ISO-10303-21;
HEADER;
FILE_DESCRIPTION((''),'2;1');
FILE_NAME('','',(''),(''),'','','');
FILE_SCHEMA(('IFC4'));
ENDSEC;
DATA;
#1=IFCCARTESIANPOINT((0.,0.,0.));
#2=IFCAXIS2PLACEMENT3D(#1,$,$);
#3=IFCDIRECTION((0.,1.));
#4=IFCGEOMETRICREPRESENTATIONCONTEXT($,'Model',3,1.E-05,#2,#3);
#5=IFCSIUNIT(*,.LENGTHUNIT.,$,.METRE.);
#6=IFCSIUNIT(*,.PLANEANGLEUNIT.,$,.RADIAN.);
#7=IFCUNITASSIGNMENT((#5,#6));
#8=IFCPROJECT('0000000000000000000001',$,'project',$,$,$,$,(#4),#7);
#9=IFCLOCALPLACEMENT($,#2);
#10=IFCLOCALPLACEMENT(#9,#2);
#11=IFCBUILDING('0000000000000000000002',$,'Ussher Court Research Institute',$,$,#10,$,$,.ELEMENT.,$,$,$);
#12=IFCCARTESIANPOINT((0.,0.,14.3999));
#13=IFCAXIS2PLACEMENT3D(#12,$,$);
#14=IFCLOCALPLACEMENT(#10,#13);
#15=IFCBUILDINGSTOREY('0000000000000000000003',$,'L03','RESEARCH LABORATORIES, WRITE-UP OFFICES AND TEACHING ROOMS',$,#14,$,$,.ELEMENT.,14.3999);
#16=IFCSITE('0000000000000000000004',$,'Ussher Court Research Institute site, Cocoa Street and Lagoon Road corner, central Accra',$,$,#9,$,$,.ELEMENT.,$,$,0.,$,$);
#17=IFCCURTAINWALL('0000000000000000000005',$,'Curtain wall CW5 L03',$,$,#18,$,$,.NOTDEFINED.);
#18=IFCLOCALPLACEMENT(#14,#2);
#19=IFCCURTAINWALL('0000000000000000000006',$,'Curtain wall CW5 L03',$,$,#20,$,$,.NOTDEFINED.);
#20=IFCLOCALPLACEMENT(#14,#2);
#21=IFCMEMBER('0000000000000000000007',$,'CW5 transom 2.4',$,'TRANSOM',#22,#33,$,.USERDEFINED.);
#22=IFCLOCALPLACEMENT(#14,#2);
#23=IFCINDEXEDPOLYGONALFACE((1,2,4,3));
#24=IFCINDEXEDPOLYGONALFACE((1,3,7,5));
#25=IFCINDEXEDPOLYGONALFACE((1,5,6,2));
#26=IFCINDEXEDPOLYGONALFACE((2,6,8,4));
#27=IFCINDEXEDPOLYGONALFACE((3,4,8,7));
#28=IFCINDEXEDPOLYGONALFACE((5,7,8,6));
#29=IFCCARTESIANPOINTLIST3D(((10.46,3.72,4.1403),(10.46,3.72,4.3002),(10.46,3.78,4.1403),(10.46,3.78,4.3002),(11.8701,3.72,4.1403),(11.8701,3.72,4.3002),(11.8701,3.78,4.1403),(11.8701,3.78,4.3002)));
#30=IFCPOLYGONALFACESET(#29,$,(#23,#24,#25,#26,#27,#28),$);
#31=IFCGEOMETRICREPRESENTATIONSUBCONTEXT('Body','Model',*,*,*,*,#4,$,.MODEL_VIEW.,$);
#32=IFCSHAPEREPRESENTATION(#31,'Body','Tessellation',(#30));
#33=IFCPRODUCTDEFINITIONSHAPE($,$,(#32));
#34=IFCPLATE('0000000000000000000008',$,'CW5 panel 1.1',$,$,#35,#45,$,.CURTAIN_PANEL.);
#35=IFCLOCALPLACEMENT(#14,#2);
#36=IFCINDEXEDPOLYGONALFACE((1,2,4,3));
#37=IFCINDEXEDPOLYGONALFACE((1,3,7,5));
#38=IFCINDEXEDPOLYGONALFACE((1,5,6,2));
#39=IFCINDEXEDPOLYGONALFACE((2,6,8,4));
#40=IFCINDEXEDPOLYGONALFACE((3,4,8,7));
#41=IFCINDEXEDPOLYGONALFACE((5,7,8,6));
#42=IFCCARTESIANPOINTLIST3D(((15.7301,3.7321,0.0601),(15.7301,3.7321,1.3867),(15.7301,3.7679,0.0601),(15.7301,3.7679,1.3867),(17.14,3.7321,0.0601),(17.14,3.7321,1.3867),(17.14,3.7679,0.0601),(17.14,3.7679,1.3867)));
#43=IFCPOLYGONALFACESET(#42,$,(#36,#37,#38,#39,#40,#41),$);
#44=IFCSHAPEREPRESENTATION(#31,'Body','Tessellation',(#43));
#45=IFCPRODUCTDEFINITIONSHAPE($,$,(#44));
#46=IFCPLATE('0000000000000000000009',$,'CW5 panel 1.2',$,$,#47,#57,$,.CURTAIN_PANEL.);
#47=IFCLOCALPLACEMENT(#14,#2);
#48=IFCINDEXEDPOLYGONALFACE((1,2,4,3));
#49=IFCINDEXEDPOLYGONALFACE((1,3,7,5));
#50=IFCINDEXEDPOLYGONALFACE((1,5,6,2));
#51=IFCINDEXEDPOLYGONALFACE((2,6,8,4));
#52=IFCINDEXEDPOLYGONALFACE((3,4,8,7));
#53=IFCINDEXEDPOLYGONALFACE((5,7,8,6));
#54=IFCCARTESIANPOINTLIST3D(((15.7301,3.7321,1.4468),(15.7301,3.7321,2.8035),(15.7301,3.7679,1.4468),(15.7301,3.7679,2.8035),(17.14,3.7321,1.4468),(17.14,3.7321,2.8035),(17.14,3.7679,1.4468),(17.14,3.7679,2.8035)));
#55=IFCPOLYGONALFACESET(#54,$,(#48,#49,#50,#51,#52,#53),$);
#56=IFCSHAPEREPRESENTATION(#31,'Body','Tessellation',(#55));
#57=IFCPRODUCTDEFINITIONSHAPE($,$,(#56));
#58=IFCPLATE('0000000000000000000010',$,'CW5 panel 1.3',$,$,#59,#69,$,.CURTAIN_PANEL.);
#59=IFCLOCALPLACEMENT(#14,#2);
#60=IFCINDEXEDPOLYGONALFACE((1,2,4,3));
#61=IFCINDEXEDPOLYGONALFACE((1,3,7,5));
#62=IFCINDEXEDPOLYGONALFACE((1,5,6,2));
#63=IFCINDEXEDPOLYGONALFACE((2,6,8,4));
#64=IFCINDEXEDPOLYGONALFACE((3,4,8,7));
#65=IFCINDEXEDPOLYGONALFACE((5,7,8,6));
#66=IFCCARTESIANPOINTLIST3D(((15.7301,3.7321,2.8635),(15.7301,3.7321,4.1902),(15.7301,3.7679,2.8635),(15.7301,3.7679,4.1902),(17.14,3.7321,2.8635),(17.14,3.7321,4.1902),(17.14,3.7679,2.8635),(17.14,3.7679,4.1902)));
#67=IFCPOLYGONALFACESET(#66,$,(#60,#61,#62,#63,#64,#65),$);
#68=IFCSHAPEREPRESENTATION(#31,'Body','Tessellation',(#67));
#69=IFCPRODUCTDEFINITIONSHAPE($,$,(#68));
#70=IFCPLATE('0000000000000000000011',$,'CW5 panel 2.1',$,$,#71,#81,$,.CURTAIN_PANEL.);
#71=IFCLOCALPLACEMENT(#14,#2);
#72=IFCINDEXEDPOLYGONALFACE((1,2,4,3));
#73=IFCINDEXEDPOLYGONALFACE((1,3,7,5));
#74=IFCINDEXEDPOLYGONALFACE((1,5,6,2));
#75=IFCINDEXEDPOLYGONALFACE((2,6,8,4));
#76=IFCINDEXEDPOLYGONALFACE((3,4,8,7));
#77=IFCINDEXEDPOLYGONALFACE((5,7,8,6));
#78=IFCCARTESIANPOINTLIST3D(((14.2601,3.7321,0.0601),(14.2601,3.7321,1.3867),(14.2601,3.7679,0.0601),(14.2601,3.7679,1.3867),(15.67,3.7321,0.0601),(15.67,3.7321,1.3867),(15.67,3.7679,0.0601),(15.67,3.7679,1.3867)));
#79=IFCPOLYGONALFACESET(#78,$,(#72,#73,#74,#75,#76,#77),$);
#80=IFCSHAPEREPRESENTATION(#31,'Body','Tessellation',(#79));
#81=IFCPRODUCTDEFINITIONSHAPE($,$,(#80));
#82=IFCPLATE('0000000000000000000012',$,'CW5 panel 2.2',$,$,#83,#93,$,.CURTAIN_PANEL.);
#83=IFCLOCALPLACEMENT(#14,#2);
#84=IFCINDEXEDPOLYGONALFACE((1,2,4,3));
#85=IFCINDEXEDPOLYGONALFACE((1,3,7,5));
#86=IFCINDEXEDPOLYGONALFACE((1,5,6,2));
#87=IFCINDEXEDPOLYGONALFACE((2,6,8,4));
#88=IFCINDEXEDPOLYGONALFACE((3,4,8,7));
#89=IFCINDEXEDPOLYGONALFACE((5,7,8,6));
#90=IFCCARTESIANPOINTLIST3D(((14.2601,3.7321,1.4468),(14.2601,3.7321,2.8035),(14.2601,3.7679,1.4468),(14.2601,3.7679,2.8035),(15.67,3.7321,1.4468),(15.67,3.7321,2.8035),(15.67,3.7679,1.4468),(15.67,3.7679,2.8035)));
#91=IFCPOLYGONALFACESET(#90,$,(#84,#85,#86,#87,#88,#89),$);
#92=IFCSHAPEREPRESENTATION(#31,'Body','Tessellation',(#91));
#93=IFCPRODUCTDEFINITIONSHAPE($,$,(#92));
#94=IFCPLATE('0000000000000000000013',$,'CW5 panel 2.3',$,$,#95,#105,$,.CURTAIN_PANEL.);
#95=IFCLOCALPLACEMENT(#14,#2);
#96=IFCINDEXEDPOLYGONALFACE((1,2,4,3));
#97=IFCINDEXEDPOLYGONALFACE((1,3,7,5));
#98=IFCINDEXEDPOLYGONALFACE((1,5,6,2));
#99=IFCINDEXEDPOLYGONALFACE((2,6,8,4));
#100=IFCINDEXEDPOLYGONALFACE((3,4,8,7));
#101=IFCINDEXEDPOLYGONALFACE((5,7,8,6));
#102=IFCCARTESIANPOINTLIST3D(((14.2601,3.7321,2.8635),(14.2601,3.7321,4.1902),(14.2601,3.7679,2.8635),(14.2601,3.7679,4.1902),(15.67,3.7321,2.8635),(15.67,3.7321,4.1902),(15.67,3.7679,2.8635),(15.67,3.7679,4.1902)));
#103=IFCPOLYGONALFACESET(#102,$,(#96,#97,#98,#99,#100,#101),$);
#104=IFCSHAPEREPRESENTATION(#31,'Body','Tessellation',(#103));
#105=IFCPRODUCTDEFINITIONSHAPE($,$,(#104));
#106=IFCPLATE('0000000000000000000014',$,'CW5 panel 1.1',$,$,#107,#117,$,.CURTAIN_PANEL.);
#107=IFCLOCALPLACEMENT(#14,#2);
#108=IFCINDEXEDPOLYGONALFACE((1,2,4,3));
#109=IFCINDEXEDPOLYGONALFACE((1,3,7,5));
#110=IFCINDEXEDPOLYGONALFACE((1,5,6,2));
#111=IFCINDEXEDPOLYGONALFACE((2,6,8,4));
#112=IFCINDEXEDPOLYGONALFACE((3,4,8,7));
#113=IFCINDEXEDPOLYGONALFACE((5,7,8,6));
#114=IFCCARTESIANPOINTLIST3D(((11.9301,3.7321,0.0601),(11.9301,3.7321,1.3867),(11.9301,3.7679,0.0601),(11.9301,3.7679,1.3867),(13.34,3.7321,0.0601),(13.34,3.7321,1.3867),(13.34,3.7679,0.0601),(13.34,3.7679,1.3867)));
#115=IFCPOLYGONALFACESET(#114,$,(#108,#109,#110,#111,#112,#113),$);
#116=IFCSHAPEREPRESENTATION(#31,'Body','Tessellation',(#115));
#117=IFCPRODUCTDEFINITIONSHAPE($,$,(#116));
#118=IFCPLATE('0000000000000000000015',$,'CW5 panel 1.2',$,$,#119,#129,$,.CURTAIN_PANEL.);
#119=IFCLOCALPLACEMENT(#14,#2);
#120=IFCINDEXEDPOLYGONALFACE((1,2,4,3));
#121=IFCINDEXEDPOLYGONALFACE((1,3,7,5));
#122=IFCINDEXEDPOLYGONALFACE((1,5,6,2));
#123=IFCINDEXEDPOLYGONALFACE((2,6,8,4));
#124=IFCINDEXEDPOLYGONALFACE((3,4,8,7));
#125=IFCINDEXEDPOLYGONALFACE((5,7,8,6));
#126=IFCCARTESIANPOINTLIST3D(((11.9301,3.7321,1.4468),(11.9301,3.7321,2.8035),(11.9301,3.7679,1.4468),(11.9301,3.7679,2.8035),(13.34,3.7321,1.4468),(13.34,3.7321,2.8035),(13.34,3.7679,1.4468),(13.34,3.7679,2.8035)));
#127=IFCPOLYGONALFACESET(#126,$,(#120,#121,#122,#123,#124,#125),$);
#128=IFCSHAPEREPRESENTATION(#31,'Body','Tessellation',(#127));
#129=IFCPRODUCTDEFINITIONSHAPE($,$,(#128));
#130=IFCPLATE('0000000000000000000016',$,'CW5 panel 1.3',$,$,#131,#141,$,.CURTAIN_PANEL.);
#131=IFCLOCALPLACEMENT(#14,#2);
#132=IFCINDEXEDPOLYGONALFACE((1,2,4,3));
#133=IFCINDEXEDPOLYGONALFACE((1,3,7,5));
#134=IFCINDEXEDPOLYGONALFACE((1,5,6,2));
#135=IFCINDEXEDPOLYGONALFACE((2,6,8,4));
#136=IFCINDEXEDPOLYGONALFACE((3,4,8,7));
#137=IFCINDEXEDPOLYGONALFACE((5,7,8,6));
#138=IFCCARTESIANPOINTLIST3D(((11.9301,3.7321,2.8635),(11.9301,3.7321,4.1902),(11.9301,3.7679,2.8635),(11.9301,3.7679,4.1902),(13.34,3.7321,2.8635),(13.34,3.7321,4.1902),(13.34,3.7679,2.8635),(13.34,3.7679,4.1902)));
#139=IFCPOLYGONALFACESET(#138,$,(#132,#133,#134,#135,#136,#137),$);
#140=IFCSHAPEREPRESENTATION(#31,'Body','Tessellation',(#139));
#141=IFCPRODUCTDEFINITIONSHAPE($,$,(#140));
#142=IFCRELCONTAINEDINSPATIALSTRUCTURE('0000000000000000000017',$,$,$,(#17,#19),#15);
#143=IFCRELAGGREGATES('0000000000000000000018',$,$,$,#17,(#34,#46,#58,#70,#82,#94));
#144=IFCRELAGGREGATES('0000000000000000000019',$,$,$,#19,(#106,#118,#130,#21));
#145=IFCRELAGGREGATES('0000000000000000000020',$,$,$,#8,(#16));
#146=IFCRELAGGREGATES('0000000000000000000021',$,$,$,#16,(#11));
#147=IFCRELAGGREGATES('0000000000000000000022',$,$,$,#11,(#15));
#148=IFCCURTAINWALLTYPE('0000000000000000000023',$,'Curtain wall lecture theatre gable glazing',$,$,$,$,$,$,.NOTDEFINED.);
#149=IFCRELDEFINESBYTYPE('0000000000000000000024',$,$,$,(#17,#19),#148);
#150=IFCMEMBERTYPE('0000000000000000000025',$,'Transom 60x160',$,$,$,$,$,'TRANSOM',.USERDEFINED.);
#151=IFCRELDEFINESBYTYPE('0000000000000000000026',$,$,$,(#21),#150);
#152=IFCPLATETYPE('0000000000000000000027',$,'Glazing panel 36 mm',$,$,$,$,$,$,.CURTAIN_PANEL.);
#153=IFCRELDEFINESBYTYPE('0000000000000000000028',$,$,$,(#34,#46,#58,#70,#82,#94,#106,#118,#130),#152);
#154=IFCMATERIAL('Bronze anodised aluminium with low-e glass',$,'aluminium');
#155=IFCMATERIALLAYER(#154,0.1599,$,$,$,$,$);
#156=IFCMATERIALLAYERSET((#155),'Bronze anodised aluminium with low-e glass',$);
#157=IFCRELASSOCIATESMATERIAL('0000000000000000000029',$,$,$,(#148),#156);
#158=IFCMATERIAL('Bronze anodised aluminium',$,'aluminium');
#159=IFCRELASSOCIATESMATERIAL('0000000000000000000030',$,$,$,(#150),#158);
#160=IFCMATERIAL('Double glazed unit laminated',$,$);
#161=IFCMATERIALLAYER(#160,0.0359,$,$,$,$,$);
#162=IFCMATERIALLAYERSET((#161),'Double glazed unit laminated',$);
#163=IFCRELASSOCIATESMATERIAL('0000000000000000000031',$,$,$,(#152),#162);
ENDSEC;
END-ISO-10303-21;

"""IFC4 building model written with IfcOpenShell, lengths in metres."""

from ifc_helpers import new_model, si_unit, direction, frame, origin, origin_2d, place, context, subcontext, project, spatial, rectangle, extrude, material, layer, layer_set, material_profile, profile_set, type_object, element, aggregate, save


model = new_model("IFC4")

# Units and contexts
model_context = context("Model", 3, precision=1e-05, world=origin(), true_north=direction((0.0, 1.0)))
body_context = subcontext(model_context, "Body", "Model", "MODEL_VIEW")
ifc_project = project(units=[si_unit("LENGTHUNIT", "METRE"), si_unit("PLANEANGLEUNIT", "RADIAN")], contexts=[model_context])

# Site, building, storey
site_placement = place(None, origin())
site = spatial("IfcSite", under=ifc_project, at=site_placement, Name="Ussher Court Research Institute site, Cocoa Street and Lagoon Road corner, central Accra", CompositionType="ELEMENT", RefElevation=0.0)
building_placement = place(site_placement, origin())
building = spatial("IfcBuilding", under=site, at=building_placement, Name="Ussher Court Research Institute", CompositionType="ELEMENT")
storey_placement = place(building_placement, frame((0.0, 0.0, 14.3999)))
storey = spatial("IfcBuildingStorey", under=building, at=storey_placement, Name="L03", Description="RESEARCH LABORATORIES, WRITE-UP OFFICES AND TEACHING ROOMS", CompositionType="ELEMENT", Elevation=14.3999)

# Curtain walls
ifc_material_1 = material(Name="Bronze anodised aluminium with low-e glass", Category="aluminium")
ifc_layer_1 = layer(ifc_material_1, 0.1599)
ifc_layer_set_1 = layer_set([ifc_layer_1], Name="Bronze anodised aluminium with low-e glass")
curtain_wall_type = type_object("IfcCurtainWallType", Name="Curtain wall lecture theatre gable glazing", PredefinedType="NOTDEFINED", material=ifc_layer_set_1)
curtain_wall_1_placement = place(storey_placement, origin())
curtain_wall_1 = element("IfcCurtainWall", 1, at=curtain_wall_1_placement, inside=storey, type_object=curtain_wall_type, Name="Curtain wall CW5 L03", PredefinedType="NOTDEFINED")
curtain_wall_2_placement = place(storey_placement, origin())
curtain_wall_2 = element("IfcCurtainWall", 2, at=curtain_wall_2_placement, inside=storey, type_object=curtain_wall_type, Name="Curtain wall CW5 L03", PredefinedType="NOTDEFINED")

# Member
ifc_material_2 = material(Name="Bronze anodised aluminium", Category="aluminium")
ifc_material_profile_1 = material_profile(ifc_material_2, rectangle(XDim=0.0601, YDim=0.1599, at=origin_2d()), Name="Transom 60x160")
ifc_profile_set_1 = profile_set([ifc_material_profile_1], Name="Bronze anodised aluminium")
member_type_1 = type_object("IfcMemberType", Name="Transom 60x160", ElementType="TRANSOM", PredefinedType="USERDEFINED", material=ifc_profile_set_1)
member_1_placement = place(storey_placement, frame((11.8701, 3.75, 4.2202), z_axis=(-1.0, 0.0, 0.0), x_axis=(0.0, -1.0, 0.0)))
member_1 = element("IfcMember", 3, at=member_1_placement, type_object=member_type_1, Name="CW5 transom 2.4", ObjectType="TRANSOM", PredefinedType="USERDEFINED", context=body_context, shape_type="SweptSolid", body=[
    extrude(rectangle(XDim=0.0601, YDim=0.1599, at=origin_2d()), origin(), (0.0, 0.0, 1.0), 1.4102),
])

# Plates
ifc_material_3 = material(Name="Double glazed unit laminated")
ifc_layer_2 = layer(ifc_material_3, 0.0359)
ifc_layer_set_2 = layer_set([ifc_layer_2], Name="Double glazed unit laminated")
plate_type = type_object("IfcPlateType", Name="Glazing panel 36 mm", PredefinedType="CURTAIN_PANEL", material=ifc_layer_set_2)
plate_1_placement = place(storey_placement, frame((16.4351, 3.75, 0.0601), z_axis=(0.0, 0.0, 1.0), x_axis=(-1.0, 0.0, 0.0)))
plate_1 = element("IfcPlate", 4, at=plate_1_placement, type_object=plate_type, Name="CW5 panel 1.1", PredefinedType="CURTAIN_PANEL", context=body_context, shape_type="SweptSolid", body=[
    extrude(rectangle(XDim=1.4099, YDim=0.0359, at=origin_2d()), origin(), (0.0, 0.0, 1.0), 1.3267),
])
plate_2_placement = place(storey_placement, frame((16.4351, 3.75, 1.4468), z_axis=(0.0, 0.0, 1.0), x_axis=(-1.0, 0.0, 0.0)))
plate_2 = element("IfcPlate", 5, at=plate_2_placement, type_object=plate_type, Name="CW5 panel 1.2", PredefinedType="CURTAIN_PANEL", context=body_context, shape_type="SweptSolid", body=[
    extrude(rectangle(XDim=1.4099, YDim=0.0359, at=origin_2d()), origin(), (0.0, 0.0, 1.0), 1.3567),
])
plate_3_placement = place(storey_placement, frame((16.4351, 3.75, 2.8635), z_axis=(0.0, 0.0, 1.0), x_axis=(-1.0, 0.0, 0.0)))
plate_3 = element("IfcPlate", 6, at=plate_3_placement, type_object=plate_type, Name="CW5 panel 1.3", PredefinedType="CURTAIN_PANEL", context=body_context, shape_type="SweptSolid", body=[
    extrude(rectangle(XDim=1.4099, YDim=0.0359, at=origin_2d()), origin(), (0.0, 0.0, 1.0), 1.3267),
])
plate_4_placement = place(storey_placement, frame((14.9651, 3.75, 0.0601), z_axis=(0.0, 0.0, 1.0), x_axis=(-1.0, 0.0, 0.0)))
plate_4 = element("IfcPlate", 7, at=plate_4_placement, type_object=plate_type, Name="CW5 panel 2.1", PredefinedType="CURTAIN_PANEL", context=body_context, shape_type="SweptSolid", body=[
    extrude(rectangle(XDim=1.4099, YDim=0.0359, at=origin_2d()), origin(), (0.0, 0.0, 1.0), 1.3267),
])
plate_5_placement = place(storey_placement, frame((14.9651, 3.75, 1.4468), z_axis=(0.0, 0.0, 1.0), x_axis=(-1.0, 0.0, 0.0)))
plate_5 = element("IfcPlate", 8, at=plate_5_placement, type_object=plate_type, Name="CW5 panel 2.2", PredefinedType="CURTAIN_PANEL", context=body_context, shape_type="SweptSolid", body=[
    extrude(rectangle(XDim=1.4099, YDim=0.0359, at=origin_2d()), origin(), (0.0, 0.0, 1.0), 1.3567),
])
plate_6_placement = place(storey_placement, frame((14.9651, 3.75, 2.8635), z_axis=(0.0, 0.0, 1.0), x_axis=(-1.0, 0.0, 0.0)))
plate_6 = element("IfcPlate", 9, at=plate_6_placement, type_object=plate_type, Name="CW5 panel 2.3", PredefinedType="CURTAIN_PANEL", context=body_context, shape_type="SweptSolid", body=[
    extrude(rectangle(XDim=1.4099, YDim=0.0359, at=origin_2d()), origin(), (0.0, 0.0, 1.0), 1.3267),
])
aggregate(curtain_wall_1, [plate_1, plate_2, plate_3, plate_4, plate_5, plate_6])
plate_7_placement = place(storey_placement, frame((12.635, 3.75, 0.0601), z_axis=(0.0, 0.0, 1.0), x_axis=(-1.0, 0.0, 0.0)))
plate_7 = element("IfcPlate", 10, at=plate_7_placement, type_object=plate_type, Name="CW5 panel 1.1", PredefinedType="CURTAIN_PANEL", context=body_context, shape_type="SweptSolid", body=[
    extrude(rectangle(XDim=1.4099, YDim=0.0359, at=origin_2d()), origin(), (0.0, 0.0, 1.0), 1.3267),
])
plate_8_placement = place(storey_placement, frame((12.635, 3.75, 1.4468), z_axis=(0.0, 0.0, 1.0), x_axis=(-1.0, 0.0, 0.0)))
plate_8 = element("IfcPlate", 11, at=plate_8_placement, type_object=plate_type, Name="CW5 panel 1.2", PredefinedType="CURTAIN_PANEL", context=body_context, shape_type="SweptSolid", body=[
    extrude(rectangle(XDim=1.4099, YDim=0.0359, at=origin_2d()), origin(), (0.0, 0.0, 1.0), 1.3567),
])
plate_9_placement = place(storey_placement, frame((12.635, 3.75, 2.8635), z_axis=(0.0, 0.0, 1.0), x_axis=(-1.0, 0.0, 0.0)))
plate_9 = element("IfcPlate", 12, at=plate_9_placement, type_object=plate_type, Name="CW5 panel 1.3", PredefinedType="CURTAIN_PANEL", context=body_context, shape_type="SweptSolid", body=[
    extrude(rectangle(XDim=1.4099, YDim=0.0359, at=origin_2d()), origin(), (0.0, 0.0, 1.0), 1.3267),
])
aggregate(curtain_wall_2, [plate_7, plate_8, plate_9, member_1])

save(model, "model.ifc")
